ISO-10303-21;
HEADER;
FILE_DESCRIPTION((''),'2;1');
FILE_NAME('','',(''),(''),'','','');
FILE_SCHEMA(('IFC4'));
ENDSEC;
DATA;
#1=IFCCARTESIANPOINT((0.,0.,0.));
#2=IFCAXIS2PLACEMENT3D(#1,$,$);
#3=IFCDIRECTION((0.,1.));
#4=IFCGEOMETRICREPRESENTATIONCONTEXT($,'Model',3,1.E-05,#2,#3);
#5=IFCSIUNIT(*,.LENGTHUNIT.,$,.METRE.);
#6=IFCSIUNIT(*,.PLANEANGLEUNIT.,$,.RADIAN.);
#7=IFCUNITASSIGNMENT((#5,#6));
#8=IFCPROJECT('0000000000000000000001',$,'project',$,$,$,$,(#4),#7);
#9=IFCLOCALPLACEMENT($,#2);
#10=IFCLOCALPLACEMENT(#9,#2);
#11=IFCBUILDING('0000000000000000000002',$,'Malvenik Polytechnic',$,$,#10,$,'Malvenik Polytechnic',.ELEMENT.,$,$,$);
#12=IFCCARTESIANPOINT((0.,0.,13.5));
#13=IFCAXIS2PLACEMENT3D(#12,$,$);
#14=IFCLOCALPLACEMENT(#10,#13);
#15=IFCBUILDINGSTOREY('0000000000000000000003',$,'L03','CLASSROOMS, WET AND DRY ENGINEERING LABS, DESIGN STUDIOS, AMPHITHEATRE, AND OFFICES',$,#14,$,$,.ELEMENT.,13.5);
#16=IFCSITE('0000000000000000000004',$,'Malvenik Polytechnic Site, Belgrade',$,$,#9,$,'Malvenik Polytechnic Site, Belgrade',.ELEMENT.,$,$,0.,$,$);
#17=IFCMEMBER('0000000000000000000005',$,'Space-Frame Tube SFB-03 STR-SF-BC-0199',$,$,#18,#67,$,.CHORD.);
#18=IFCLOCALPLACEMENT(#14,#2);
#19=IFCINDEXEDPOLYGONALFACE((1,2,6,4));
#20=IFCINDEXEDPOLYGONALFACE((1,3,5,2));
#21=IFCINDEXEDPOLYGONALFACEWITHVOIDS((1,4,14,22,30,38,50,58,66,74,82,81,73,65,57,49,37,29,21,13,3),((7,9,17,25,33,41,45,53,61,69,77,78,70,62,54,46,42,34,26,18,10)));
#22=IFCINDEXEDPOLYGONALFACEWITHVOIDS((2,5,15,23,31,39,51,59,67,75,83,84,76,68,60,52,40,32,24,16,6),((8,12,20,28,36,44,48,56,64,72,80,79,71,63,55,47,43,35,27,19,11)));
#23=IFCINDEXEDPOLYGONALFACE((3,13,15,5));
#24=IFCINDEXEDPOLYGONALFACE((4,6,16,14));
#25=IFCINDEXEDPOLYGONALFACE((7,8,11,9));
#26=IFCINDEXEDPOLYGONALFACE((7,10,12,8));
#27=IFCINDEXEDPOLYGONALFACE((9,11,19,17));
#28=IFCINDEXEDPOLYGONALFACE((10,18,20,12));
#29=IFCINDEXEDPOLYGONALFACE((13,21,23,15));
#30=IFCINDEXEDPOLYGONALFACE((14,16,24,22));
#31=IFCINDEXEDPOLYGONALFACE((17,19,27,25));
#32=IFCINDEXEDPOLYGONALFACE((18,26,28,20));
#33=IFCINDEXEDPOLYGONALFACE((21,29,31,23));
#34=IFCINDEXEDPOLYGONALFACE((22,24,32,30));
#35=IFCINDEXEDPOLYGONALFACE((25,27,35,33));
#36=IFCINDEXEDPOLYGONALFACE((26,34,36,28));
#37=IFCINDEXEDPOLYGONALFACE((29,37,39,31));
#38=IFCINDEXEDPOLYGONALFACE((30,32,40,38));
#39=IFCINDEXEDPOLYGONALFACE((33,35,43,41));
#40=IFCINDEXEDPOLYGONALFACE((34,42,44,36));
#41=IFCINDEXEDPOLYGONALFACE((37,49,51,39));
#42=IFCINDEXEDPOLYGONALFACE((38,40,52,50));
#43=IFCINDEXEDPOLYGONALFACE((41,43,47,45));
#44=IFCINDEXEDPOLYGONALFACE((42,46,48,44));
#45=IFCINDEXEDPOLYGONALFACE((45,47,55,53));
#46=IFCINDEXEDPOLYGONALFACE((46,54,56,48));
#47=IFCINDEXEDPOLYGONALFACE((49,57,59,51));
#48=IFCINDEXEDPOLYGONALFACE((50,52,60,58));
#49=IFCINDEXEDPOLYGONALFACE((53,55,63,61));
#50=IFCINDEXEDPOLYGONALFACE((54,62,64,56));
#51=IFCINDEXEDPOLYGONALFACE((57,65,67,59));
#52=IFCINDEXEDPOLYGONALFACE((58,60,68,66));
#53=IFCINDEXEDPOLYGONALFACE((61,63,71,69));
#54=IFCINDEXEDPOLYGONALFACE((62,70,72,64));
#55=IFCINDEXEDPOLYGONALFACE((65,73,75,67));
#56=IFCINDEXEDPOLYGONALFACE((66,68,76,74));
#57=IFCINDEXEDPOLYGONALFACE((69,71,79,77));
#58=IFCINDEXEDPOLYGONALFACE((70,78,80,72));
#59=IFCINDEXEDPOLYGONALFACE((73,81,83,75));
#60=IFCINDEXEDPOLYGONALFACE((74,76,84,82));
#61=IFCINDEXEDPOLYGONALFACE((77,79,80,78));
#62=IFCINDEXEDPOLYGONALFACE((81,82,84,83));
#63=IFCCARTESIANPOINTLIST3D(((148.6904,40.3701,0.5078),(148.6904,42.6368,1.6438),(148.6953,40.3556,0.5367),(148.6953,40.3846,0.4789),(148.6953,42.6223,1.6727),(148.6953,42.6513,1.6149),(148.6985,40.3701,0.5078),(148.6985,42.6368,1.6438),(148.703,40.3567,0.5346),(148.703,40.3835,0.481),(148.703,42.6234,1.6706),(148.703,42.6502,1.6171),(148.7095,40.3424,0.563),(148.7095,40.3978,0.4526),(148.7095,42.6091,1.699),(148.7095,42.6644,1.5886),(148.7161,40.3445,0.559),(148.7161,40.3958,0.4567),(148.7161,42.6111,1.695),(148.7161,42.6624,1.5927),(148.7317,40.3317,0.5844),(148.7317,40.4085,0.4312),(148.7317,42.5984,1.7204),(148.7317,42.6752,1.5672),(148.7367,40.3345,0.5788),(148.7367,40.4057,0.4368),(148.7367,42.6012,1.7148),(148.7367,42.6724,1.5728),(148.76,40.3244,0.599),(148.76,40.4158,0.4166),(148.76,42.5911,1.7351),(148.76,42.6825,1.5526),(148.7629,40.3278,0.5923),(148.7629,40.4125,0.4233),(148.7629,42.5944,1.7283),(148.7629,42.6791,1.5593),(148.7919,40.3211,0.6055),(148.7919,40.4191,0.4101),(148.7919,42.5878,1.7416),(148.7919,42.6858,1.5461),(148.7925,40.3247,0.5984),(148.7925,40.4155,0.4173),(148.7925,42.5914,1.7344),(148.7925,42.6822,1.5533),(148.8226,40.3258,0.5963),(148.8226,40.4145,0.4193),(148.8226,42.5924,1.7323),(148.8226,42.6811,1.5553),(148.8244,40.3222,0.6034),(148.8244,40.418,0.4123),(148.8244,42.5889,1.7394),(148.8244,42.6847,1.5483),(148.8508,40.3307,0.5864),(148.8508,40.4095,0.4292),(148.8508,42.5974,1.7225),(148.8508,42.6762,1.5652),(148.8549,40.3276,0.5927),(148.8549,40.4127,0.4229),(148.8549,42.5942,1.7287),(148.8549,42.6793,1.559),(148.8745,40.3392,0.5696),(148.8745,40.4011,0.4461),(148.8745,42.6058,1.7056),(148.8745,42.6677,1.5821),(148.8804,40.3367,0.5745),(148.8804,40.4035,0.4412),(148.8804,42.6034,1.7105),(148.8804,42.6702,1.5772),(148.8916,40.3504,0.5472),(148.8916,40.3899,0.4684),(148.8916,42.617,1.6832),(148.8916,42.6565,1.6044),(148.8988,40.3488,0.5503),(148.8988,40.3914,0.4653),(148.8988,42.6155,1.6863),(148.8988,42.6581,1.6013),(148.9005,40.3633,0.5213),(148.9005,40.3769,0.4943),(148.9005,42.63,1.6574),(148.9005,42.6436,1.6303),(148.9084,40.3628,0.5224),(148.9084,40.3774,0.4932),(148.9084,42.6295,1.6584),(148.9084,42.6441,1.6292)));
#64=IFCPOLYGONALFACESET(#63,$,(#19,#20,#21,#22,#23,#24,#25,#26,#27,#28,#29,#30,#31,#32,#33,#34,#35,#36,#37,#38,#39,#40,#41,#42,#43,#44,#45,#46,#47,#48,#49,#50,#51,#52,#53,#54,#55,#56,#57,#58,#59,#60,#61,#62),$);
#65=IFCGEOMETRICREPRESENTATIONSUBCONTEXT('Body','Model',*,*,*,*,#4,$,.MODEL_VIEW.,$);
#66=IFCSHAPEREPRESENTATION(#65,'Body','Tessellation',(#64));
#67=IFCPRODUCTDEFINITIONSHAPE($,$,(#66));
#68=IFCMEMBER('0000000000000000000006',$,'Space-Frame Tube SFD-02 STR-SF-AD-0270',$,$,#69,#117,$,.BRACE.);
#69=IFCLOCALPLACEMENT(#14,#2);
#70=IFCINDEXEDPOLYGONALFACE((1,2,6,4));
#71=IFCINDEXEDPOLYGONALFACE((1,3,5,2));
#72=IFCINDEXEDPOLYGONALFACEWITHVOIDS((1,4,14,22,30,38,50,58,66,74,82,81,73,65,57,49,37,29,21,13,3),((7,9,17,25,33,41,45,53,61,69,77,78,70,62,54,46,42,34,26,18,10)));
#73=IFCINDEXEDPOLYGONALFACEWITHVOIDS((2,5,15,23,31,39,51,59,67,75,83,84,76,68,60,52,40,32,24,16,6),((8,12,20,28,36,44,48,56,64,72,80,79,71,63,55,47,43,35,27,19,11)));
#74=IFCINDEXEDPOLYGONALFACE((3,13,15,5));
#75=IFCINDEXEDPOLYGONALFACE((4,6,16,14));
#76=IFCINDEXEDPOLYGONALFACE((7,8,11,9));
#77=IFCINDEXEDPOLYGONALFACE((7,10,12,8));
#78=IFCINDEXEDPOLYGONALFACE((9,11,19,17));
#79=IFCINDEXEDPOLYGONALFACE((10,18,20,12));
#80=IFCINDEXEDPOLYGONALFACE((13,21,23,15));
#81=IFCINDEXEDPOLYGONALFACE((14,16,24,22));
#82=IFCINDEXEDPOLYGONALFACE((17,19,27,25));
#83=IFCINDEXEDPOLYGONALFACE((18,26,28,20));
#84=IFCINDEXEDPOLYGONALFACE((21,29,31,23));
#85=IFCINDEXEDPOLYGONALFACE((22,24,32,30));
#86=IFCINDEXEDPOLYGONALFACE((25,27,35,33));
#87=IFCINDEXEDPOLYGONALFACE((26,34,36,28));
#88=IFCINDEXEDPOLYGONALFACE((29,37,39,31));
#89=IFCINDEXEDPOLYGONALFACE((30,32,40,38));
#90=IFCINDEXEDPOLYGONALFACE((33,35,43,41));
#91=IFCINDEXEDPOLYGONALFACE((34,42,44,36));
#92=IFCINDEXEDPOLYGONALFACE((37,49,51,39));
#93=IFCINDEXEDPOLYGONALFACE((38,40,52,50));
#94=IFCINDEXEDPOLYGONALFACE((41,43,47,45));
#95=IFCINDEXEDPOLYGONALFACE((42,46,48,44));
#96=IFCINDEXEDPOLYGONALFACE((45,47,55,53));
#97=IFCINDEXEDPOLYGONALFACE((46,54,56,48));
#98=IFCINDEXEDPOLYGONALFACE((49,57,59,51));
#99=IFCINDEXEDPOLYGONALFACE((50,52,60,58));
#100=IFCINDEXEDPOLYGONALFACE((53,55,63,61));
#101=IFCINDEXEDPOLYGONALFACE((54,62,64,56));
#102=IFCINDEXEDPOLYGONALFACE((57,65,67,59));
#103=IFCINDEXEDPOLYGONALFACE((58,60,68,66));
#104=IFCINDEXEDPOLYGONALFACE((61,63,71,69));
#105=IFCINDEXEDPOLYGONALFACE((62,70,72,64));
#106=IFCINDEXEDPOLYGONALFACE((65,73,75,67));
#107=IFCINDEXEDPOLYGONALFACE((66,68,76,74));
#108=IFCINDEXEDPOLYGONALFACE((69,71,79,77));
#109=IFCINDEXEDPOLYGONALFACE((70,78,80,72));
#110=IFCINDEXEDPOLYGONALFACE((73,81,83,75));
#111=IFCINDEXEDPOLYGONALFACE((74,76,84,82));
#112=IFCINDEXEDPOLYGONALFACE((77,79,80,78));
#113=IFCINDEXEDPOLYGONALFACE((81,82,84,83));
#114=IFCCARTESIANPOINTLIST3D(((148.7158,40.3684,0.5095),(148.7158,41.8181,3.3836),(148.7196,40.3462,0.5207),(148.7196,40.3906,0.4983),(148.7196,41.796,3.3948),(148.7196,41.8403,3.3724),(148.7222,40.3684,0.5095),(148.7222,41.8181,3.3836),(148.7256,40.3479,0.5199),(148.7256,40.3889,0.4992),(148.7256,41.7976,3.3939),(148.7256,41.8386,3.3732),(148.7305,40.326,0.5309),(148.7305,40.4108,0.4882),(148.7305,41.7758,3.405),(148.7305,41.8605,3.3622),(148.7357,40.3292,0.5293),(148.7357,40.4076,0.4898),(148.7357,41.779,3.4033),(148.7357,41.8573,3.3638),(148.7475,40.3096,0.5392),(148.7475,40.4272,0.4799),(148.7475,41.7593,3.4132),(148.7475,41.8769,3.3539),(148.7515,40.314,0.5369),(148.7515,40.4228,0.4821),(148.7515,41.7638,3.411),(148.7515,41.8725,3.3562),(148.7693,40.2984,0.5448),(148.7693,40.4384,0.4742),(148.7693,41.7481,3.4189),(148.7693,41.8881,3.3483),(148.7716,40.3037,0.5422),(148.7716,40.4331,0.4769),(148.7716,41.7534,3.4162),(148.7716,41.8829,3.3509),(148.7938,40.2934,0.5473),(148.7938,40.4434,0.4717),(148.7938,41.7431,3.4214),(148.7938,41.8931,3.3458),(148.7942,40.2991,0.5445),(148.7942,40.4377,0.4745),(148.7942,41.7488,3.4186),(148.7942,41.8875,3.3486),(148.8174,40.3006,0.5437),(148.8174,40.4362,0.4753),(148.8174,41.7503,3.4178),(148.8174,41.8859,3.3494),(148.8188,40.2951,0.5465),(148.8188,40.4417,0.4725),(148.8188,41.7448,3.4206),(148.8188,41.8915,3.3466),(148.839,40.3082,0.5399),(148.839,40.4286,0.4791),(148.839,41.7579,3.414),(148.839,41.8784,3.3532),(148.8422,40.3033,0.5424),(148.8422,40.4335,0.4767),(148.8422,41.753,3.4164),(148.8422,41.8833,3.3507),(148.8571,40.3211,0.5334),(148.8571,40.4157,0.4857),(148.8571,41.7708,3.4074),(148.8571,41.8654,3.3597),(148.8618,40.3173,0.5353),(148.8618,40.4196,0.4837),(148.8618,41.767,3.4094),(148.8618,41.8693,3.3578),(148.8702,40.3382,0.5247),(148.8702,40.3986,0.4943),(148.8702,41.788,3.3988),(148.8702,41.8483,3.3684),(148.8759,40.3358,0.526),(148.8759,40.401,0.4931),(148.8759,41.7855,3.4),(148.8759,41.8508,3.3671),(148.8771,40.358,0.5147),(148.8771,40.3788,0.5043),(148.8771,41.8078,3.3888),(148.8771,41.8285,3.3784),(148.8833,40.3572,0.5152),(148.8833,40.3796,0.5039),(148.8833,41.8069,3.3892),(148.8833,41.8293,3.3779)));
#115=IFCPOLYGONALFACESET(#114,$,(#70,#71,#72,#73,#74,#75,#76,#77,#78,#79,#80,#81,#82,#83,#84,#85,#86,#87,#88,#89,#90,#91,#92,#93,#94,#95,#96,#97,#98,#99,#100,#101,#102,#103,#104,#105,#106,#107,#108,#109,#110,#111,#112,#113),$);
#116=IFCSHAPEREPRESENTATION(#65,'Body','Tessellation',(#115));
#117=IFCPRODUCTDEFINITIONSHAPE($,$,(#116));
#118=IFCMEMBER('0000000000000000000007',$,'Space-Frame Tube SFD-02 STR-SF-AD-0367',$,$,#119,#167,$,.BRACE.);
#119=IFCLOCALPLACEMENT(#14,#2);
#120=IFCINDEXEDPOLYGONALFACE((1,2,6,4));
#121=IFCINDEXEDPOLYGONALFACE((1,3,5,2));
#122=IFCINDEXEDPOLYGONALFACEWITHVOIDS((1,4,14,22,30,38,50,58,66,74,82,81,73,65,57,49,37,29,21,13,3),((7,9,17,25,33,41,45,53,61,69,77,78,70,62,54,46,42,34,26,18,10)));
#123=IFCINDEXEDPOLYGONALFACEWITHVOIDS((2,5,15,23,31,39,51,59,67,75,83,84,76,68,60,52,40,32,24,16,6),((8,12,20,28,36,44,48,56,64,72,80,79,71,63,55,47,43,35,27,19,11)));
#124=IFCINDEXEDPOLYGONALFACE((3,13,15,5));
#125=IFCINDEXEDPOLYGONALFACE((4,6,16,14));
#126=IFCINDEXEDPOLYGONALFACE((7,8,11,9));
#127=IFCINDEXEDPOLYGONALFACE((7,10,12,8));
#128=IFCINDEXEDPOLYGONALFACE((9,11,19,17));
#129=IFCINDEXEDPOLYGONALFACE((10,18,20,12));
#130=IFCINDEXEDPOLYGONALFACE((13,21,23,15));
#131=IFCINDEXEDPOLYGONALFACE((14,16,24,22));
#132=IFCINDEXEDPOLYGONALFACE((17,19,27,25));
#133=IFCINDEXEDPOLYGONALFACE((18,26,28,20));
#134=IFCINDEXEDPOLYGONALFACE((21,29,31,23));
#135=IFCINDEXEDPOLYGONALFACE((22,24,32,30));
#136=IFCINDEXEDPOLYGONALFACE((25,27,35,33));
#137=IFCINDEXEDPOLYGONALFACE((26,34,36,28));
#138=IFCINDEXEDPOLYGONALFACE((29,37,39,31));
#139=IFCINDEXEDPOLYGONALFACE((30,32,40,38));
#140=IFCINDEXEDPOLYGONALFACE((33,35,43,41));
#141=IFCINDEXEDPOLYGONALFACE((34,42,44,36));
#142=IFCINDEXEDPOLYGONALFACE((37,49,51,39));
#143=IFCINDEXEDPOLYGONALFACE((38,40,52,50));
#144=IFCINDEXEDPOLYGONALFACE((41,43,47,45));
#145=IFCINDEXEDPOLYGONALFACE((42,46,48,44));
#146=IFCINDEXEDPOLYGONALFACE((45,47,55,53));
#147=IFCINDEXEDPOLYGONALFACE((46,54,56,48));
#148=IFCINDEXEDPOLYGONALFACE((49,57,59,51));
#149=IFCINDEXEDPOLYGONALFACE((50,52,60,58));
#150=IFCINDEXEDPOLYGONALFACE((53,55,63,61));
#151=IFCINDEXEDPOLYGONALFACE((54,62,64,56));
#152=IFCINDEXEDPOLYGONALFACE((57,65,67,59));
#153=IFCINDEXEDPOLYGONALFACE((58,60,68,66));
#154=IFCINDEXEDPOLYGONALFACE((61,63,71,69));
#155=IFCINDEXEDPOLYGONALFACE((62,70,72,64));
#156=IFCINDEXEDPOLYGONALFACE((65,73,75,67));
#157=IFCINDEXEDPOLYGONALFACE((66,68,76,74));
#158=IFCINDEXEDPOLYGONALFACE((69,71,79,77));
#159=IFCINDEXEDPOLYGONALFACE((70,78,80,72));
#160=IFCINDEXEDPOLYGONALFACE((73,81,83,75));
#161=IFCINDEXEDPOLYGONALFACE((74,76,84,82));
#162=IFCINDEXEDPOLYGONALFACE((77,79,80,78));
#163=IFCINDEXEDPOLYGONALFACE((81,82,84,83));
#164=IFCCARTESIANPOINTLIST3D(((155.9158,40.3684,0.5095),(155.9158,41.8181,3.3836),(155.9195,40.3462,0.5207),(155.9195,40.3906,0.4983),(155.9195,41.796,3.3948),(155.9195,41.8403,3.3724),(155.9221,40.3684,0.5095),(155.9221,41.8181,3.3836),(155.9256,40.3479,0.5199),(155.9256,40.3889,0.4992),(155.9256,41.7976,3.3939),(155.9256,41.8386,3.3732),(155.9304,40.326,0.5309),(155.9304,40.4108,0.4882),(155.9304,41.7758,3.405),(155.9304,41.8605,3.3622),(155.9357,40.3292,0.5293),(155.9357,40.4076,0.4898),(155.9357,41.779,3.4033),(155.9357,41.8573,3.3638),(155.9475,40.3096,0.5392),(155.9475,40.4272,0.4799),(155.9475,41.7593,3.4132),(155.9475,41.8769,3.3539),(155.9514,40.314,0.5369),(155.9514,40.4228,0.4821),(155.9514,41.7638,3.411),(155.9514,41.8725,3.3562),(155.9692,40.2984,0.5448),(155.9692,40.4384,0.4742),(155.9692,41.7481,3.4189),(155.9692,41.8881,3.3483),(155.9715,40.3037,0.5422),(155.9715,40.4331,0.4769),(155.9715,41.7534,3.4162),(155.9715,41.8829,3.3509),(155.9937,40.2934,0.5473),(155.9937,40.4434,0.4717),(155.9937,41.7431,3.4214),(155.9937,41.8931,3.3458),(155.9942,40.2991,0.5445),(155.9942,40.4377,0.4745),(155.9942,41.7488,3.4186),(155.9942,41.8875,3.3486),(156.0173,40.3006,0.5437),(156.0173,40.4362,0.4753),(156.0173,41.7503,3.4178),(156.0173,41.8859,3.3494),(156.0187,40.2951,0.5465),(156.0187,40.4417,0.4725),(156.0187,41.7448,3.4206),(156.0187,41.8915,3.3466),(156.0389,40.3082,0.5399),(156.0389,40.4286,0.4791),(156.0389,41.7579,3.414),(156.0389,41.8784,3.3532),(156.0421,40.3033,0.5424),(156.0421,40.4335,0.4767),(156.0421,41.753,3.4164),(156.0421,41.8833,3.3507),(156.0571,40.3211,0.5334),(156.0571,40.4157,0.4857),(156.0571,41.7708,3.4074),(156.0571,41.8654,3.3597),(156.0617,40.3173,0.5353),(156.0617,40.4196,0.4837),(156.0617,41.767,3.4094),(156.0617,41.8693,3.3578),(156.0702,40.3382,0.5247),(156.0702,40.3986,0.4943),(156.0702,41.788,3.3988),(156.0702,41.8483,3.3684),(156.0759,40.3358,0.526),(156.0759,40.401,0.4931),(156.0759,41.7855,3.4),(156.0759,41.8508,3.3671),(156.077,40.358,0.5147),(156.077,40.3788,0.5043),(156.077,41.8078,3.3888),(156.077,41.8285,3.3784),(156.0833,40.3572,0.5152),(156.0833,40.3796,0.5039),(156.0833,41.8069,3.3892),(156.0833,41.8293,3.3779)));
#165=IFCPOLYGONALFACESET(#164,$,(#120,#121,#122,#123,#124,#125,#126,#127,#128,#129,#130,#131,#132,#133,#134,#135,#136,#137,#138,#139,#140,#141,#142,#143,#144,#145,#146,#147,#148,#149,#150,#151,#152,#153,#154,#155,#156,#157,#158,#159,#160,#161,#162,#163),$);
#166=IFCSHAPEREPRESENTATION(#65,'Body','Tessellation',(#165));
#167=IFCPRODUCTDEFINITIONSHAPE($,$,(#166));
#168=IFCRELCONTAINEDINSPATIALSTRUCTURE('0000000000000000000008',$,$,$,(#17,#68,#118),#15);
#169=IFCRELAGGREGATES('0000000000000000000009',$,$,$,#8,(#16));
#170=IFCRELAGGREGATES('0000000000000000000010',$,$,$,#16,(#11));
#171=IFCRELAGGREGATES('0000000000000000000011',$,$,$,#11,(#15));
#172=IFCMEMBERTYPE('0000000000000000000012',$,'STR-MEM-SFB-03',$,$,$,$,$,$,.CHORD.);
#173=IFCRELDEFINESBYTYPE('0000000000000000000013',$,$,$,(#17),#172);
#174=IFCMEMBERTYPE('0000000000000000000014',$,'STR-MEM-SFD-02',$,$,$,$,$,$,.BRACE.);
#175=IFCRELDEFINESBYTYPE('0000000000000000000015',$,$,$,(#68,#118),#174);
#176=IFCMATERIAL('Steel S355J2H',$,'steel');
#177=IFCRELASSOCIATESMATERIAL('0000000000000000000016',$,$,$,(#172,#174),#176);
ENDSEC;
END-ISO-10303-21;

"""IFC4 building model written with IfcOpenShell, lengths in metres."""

from ifc_helpers import new_model, si_unit, direction, frame, origin, origin_2d, place, context, subcontext, project, spatial, hollow_circle, extrude, material, material_profile, profile_set, type_object, element, save


model = new_model("IFC4")

# Units and contexts
model_context = context("Model", 3, precision=1e-05, world=origin(), true_north=direction((0.0, 1.0)))
body_context = subcontext(model_context, "Body", "Model", "MODEL_VIEW")
ifc_project = project(units=[si_unit("LENGTHUNIT", "METRE"), si_unit("PLANEANGLEUNIT", "RADIAN")], contexts=[model_context])

# Site, building, storey
site_placement = place(None, origin())
site = spatial("IfcSite", under=ifc_project, at=site_placement, Name="Malvenik Polytechnic Site, Belgrade", LongName="Malvenik Polytechnic Site, Belgrade", CompositionType="ELEMENT", RefElevation=0.0)
building_placement = place(site_placement, origin())
building = spatial("IfcBuilding", under=site, at=building_placement, Name="Malvenik Polytechnic", LongName="Malvenik Polytechnic", CompositionType="ELEMENT")
storey_placement = place(building_placement, frame((0.0, 0.0, 13.5)))
storey = spatial("IfcBuildingStorey", under=building, at=storey_placement, Name="L03", Description="CLASSROOMS, WET AND DRY ENGINEERING LABS, DESIGN STUDIOS, AMPHITHEATRE, AND OFFICES", CompositionType="ELEMENT", Elevation=13.5)

# Members
ifc_material_1 = material(Name="Steel S355J2H", Category="steel")
ifc_material_profile_1 = material_profile(ifc_material_1, hollow_circle(Radius=0.1096, WallThickness=0.0081, at=origin_2d()), Name="CHS 219.1x8.0")
ifc_profile_set_1 = profile_set([ifc_material_profile_1], Name="Steel S355J2H")
member_type_1 = type_object("IfcMemberType", Name="STR-MEM-SFB-03", PredefinedType="CHORD", material=ifc_profile_set_1)
member_1_placement = place(storey_placement, frame((148.8, 40.3701, 0.5078), z_axis=(0.0, 0.894003, 0.448061), x_axis=(-1.0, 0.0, 0.0)))
element("IfcMember", 1, at=member_1_placement, inside=storey, type_object=member_type_1, Name="Space-Frame Tube SFB-03 STR-SF-BC-0199", PredefinedType="CHORD", context=body_context, shape_type="SweptSolid", body=[
    extrude(hollow_circle(Radius=0.1096, WallThickness=0.0081, at=origin_2d()), origin(), (0.0, 0.0, 1.0), 2.5354),
])
ifc_material_profile_2 = material_profile(ifc_material_1, hollow_circle(Radius=0.0842, WallThickness=0.0063, at=origin_2d()), Name="CHS 168.3x6.3")
ifc_profile_set_2 = profile_set([ifc_material_profile_2], Name="Steel S355J2H")
member_type_2 = type_object("IfcMemberType", Name="STR-MEM-SFD-02", PredefinedType="BRACE", material=ifc_profile_set_2)
for number, where, z_axis, x_axis, name in (
    (2, (148.8, 40.3684, 0.5095), (0.0, 0.450366, 0.892844), (-1.0, 0.0, 0.0), "Space-Frame Tube SFD-02 STR-SF-AD-0270"),
    (3, (156.0, 40.3684, 0.5095), (0.0, 0.450366, 0.892844), (-1.0, 0.0, 0.0), "Space-Frame Tube SFD-02 STR-SF-AD-0367"),
):
    element("IfcMember", number, at=place(storey_placement, frame(where, z_axis=z_axis, x_axis=x_axis)), inside=storey, type_object=member_type_2, Name=name, PredefinedType="BRACE", context=body_context, shape_type="SweptSolid", body=[
        extrude(hollow_circle(Radius=0.0842, WallThickness=0.0063, at=origin_2d()), origin(), (0.0, 0.0, 1.0), 3.219),
    ])

save(model, "model.ifc")
